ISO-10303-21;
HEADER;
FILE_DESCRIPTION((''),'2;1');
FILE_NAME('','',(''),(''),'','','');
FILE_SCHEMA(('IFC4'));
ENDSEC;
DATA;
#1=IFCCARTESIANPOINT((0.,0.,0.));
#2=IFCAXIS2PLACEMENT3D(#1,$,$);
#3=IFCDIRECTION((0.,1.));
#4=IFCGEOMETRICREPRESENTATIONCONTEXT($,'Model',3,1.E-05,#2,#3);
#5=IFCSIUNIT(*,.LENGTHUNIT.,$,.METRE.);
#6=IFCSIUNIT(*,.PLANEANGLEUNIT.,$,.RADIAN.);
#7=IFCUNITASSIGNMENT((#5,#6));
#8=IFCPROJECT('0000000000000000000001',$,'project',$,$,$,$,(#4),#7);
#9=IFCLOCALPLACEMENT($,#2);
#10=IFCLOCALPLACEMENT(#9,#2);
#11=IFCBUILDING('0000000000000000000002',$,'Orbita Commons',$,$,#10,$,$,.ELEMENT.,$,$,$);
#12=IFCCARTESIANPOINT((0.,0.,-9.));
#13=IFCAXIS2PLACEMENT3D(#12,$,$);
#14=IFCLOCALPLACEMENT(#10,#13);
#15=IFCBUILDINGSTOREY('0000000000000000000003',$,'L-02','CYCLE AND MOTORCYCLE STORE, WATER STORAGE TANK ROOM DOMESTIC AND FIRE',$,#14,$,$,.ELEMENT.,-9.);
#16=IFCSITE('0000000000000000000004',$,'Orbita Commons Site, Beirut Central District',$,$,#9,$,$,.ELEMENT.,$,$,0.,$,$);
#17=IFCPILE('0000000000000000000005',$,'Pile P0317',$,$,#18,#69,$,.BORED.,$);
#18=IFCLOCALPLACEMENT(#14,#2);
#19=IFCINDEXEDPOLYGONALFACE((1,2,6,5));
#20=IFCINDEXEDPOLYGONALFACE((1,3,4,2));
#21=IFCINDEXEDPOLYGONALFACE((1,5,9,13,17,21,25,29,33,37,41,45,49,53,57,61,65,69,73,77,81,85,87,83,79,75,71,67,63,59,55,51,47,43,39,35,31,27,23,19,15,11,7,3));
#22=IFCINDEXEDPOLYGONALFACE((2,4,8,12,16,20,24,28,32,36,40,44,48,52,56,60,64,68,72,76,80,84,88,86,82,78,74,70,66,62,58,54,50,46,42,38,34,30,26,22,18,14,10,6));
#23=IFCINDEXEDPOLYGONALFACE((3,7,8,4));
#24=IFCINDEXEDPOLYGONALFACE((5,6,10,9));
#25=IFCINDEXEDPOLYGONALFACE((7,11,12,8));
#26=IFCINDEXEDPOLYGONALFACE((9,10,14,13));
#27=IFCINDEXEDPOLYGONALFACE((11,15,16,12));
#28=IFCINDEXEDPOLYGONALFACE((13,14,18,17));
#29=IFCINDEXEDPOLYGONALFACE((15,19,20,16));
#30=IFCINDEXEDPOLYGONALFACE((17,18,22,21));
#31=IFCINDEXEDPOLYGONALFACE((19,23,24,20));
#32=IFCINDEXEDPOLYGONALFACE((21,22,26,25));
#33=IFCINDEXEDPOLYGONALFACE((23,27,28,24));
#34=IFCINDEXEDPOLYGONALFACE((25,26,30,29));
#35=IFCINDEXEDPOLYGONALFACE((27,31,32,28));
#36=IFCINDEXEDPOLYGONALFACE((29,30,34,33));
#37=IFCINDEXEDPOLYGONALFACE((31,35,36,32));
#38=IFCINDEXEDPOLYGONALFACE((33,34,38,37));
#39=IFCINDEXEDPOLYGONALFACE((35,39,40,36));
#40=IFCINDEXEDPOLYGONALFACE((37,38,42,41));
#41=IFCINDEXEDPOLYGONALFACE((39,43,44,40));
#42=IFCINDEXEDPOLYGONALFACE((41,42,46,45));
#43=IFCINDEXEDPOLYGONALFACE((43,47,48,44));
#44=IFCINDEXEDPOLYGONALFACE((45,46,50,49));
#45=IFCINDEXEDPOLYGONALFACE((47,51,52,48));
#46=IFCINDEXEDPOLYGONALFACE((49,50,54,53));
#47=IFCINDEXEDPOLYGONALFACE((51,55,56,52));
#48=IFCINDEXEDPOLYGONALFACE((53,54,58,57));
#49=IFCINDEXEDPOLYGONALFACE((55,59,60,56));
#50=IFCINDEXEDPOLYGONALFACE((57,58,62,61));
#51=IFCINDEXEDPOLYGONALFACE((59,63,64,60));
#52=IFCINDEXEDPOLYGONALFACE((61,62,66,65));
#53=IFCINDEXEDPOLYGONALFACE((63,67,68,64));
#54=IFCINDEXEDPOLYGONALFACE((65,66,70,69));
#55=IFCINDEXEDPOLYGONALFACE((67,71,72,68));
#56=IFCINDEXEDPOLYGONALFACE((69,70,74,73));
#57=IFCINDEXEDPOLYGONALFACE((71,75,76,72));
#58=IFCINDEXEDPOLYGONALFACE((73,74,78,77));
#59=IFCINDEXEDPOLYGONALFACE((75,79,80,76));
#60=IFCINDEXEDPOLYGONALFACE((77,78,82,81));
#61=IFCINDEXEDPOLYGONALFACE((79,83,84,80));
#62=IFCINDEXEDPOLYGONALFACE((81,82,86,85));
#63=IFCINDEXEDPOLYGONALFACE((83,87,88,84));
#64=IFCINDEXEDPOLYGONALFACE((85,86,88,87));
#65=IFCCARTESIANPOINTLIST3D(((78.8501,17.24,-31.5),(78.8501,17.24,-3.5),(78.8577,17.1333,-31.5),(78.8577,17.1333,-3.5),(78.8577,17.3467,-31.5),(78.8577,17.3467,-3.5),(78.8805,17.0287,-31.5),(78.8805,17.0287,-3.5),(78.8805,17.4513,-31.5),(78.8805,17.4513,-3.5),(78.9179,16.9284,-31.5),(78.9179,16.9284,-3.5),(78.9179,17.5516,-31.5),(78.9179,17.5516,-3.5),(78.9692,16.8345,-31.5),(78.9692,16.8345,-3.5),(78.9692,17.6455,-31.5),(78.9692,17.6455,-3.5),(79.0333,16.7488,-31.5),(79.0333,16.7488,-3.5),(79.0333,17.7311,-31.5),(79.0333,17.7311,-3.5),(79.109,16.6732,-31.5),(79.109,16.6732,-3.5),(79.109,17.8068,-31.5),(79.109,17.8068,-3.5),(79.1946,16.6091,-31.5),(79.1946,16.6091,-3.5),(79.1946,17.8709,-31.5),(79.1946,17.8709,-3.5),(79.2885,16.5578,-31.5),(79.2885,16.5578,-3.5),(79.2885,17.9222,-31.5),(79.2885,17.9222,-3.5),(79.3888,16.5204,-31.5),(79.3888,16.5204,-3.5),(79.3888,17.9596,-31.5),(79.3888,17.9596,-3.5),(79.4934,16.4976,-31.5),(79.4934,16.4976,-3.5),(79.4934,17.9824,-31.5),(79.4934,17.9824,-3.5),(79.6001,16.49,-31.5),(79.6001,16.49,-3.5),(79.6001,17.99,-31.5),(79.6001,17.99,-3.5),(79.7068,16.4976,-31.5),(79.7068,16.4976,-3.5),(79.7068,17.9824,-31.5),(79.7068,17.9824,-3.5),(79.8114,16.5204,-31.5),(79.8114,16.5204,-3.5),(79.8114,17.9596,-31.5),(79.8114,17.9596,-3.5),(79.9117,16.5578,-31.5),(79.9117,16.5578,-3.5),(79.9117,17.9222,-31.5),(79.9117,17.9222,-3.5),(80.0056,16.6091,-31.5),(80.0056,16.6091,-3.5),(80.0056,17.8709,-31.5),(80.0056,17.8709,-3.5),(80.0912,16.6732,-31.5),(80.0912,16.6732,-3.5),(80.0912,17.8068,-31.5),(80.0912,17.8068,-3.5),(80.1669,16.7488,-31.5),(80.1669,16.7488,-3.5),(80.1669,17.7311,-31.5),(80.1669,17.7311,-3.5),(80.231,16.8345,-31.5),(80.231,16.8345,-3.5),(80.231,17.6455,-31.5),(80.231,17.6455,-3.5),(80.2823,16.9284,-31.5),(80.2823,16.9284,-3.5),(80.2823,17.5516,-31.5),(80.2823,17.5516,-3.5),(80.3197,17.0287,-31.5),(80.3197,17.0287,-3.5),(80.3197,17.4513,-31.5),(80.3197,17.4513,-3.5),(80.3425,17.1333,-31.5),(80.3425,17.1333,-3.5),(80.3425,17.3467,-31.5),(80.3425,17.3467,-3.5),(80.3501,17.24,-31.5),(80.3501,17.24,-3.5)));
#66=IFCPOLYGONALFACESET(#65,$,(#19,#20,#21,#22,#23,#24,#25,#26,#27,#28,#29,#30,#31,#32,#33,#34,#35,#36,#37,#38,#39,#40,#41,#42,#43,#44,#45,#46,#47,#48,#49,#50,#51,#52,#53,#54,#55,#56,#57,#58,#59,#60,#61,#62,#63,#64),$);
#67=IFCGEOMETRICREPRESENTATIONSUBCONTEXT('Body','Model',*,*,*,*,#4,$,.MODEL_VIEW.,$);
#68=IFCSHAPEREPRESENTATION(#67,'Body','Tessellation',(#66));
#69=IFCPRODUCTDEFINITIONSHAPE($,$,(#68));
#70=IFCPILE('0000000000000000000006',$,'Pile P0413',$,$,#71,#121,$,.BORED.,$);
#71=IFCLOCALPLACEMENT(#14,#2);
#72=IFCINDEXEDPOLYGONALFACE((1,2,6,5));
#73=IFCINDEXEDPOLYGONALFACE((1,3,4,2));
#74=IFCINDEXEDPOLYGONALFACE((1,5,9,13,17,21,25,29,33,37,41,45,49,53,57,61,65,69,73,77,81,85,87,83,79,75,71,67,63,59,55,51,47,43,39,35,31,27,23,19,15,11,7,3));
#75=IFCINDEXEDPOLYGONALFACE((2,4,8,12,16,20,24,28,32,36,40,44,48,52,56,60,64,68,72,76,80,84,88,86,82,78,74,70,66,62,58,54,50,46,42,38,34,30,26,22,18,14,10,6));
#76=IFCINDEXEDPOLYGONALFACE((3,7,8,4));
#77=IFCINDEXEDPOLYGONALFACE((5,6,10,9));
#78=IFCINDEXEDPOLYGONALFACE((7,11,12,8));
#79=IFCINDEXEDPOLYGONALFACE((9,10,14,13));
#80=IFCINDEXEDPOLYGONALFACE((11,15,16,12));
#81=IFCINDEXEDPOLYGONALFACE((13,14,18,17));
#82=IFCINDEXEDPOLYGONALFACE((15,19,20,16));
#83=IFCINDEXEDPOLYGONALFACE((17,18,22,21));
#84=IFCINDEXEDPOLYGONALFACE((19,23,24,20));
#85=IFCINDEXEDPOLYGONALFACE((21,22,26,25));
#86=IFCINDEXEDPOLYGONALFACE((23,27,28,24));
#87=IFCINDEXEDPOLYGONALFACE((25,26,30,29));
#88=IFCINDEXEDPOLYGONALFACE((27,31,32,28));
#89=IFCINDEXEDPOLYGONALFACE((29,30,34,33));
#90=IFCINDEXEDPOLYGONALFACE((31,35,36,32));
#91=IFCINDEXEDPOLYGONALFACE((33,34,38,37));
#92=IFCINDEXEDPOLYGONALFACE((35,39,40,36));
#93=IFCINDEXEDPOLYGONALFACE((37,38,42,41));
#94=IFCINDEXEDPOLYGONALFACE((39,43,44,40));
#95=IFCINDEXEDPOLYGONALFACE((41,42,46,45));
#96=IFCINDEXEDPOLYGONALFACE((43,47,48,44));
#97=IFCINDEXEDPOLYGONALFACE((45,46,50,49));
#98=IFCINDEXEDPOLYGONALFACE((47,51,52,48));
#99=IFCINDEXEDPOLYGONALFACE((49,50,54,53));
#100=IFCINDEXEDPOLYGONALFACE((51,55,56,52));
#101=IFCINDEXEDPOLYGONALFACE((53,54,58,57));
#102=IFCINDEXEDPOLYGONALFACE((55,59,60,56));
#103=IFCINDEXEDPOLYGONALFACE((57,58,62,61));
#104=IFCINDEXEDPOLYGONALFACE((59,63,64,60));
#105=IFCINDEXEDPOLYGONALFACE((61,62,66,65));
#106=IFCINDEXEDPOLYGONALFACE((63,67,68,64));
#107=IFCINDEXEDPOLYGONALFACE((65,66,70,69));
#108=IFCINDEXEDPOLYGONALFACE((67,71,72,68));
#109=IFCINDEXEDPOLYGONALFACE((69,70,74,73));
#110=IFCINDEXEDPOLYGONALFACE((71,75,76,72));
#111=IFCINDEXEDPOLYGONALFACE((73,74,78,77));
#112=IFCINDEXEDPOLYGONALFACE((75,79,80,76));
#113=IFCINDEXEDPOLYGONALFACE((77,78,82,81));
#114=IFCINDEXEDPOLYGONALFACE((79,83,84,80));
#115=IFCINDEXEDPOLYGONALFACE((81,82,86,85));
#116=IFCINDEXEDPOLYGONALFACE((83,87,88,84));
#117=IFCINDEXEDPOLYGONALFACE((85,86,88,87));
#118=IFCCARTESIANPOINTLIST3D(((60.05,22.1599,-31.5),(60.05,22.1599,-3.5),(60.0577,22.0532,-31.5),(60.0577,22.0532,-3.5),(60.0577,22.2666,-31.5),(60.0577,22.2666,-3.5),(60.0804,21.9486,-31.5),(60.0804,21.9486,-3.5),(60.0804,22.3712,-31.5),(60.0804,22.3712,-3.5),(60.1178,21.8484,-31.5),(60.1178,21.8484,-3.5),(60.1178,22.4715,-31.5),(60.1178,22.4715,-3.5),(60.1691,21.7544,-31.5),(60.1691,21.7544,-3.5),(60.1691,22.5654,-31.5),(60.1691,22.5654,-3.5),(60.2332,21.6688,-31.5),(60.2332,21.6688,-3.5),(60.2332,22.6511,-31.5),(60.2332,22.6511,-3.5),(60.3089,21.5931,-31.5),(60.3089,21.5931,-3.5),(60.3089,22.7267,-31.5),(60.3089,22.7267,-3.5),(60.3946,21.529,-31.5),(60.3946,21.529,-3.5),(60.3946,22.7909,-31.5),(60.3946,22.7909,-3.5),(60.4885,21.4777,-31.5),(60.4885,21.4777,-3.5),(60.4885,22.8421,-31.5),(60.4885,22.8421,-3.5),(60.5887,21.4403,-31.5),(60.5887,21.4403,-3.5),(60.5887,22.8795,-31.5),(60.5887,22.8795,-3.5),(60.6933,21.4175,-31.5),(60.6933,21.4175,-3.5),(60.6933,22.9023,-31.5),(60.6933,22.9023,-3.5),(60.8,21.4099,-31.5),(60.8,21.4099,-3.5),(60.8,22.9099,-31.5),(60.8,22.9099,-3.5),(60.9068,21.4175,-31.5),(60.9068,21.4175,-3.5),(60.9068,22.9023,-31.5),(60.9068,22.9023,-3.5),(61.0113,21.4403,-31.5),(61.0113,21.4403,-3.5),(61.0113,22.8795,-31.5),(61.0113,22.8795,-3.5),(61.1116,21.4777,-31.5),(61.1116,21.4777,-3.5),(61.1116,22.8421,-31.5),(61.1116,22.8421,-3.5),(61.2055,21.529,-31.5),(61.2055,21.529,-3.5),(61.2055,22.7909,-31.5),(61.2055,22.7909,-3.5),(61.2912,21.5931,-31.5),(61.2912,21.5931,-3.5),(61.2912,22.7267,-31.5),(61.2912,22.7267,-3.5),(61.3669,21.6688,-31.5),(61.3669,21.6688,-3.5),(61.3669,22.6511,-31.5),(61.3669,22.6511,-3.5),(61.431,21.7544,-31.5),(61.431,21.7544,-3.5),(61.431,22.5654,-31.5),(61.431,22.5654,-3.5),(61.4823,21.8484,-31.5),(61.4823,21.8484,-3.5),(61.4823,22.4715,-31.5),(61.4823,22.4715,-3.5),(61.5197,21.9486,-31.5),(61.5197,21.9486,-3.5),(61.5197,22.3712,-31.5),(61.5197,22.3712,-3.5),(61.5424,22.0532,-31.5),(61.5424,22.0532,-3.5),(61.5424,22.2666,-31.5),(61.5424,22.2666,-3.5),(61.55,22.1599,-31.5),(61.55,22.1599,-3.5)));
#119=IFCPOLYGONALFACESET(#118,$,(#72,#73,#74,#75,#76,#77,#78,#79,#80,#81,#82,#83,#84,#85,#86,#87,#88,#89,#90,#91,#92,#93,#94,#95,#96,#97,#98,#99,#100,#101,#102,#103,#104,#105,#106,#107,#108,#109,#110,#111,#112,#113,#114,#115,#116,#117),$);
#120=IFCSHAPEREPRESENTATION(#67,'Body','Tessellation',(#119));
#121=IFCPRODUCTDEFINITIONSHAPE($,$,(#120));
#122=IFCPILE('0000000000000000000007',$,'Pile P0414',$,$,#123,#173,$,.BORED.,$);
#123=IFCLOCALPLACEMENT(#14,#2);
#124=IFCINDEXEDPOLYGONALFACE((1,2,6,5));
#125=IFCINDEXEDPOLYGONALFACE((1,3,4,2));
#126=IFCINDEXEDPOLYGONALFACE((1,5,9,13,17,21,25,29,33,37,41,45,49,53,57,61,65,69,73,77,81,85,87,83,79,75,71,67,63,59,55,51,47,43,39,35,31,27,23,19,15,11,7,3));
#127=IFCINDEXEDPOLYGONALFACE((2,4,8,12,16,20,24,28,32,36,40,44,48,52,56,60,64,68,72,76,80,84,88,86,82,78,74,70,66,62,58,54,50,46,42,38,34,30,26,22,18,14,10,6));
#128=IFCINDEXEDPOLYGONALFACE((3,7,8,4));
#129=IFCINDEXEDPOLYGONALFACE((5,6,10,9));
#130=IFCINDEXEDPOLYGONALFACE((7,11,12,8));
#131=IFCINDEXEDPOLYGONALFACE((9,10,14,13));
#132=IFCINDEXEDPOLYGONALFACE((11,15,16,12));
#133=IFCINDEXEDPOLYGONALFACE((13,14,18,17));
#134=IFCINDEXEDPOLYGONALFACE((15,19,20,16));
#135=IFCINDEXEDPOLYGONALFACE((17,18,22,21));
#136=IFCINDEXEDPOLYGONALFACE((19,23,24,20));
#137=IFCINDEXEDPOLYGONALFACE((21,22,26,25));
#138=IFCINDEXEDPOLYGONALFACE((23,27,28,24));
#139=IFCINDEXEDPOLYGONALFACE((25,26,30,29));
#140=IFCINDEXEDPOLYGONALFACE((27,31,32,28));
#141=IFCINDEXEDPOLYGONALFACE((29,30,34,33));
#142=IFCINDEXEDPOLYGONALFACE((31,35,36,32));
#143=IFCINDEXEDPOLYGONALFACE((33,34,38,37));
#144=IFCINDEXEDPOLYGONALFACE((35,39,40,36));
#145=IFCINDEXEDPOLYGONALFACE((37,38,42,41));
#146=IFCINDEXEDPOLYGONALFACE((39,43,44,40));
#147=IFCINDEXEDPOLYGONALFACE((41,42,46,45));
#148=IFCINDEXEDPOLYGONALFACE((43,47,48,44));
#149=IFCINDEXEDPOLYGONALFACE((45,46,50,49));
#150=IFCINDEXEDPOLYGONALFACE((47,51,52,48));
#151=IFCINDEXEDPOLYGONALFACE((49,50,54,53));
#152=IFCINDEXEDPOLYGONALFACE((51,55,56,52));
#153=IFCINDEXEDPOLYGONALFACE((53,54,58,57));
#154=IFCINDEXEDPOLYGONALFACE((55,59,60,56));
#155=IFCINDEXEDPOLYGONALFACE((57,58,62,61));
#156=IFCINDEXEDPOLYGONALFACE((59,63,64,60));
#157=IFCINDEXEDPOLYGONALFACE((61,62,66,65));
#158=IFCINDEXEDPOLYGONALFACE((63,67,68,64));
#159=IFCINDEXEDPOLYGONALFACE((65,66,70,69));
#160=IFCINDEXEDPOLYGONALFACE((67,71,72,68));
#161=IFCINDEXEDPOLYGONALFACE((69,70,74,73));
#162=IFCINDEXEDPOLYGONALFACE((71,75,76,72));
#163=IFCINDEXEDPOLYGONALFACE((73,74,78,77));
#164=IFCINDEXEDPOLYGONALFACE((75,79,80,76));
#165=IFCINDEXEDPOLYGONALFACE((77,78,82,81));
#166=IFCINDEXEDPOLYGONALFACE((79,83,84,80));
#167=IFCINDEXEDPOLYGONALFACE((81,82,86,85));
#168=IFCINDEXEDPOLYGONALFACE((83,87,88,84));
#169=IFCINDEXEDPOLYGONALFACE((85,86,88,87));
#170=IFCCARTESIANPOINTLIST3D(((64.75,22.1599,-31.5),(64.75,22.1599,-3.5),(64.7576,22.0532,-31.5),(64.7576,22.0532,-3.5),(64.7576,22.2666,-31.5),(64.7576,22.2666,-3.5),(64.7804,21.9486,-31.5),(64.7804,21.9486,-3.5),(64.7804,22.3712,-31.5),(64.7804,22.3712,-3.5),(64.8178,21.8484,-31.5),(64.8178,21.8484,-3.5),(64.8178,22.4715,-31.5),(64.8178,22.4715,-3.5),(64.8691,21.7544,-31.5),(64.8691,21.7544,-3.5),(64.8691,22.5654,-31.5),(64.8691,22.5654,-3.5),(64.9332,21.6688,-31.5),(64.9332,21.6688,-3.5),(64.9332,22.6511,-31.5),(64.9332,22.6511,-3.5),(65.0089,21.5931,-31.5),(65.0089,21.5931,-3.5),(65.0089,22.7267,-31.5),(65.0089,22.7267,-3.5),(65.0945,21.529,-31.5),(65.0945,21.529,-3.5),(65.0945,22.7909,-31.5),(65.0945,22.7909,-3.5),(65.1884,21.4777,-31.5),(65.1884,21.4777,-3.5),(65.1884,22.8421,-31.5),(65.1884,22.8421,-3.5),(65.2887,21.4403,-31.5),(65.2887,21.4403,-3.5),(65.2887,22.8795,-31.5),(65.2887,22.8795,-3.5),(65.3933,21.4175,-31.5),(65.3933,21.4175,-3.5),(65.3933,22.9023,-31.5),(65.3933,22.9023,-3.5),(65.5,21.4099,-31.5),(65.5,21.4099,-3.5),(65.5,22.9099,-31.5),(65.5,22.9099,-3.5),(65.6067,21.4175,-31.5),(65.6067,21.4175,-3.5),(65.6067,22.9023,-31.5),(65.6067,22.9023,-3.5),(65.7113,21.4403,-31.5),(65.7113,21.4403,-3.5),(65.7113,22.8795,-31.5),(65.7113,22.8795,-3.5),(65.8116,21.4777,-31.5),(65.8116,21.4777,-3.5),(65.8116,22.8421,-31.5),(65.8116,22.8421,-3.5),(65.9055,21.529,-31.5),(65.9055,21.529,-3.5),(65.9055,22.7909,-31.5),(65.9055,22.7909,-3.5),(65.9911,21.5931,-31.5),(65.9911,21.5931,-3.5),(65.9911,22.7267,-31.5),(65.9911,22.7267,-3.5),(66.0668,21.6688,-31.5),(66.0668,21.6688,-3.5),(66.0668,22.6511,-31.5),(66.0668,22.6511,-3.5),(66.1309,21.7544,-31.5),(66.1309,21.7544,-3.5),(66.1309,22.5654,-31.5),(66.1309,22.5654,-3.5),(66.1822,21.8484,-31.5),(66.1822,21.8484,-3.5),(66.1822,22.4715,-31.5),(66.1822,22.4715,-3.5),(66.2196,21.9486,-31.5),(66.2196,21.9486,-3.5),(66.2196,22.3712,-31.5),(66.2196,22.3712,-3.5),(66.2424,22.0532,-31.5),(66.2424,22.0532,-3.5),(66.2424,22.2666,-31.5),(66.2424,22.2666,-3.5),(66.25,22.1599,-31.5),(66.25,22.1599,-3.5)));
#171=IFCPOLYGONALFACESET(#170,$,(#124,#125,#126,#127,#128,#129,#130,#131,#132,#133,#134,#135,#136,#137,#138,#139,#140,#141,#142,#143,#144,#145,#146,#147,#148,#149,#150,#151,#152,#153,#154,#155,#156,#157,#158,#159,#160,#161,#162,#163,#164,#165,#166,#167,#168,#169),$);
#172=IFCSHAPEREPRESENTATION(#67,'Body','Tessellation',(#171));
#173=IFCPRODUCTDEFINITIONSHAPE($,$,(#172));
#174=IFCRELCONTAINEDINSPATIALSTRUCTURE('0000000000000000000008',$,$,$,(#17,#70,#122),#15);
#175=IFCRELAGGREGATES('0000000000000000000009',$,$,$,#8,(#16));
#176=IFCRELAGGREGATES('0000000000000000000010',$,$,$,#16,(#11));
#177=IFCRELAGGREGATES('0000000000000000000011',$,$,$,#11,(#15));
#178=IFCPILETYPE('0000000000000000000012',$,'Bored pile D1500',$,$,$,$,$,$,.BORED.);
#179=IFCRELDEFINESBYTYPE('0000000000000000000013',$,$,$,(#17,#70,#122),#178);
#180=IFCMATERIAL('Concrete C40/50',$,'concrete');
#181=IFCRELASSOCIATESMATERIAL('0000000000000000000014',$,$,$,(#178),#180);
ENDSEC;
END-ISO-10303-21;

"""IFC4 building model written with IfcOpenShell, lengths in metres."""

from ifc_helpers import new_model, si_unit, direction, frame, origin, origin_2d, place, context, subcontext, project, spatial, circle, extrude, material, material_profile, profile_set, type_object, element, save


model = new_model("IFC4")

# Units and contexts
model_context = context("Model", 3, precision=1e-05, world=origin(), true_north=direction((0.0, 1.0)))
body_context = subcontext(model_context, "Body", "Model", "MODEL_VIEW")
ifc_project = project(units=[si_unit("LENGTHUNIT", "METRE"), si_unit("PLANEANGLEUNIT", "RADIAN")], contexts=[model_context])

# Site, building, storey
site_placement = place(None, origin())
site = spatial("IfcSite", under=ifc_project, at=site_placement, Name="Orbita Commons Site, Beirut Central District", CompositionType="ELEMENT", RefElevation=0.0)
building_placement = place(site_placement, origin())
building = spatial("IfcBuilding", under=site, at=building_placement, Name="Orbita Commons", CompositionType="ELEMENT")
storey_placement = place(building_placement, frame((0.0, 0.0, -9.0)))
storey = spatial("IfcBuildingStorey", under=building, at=storey_placement, Name="L-02", Description="CYCLE AND MOTORCYCLE STORE, WATER STORAGE TANK ROOM DOMESTIC AND FIRE", CompositionType="ELEMENT", Elevation=-9.0)

# Piles
ifc_material_1 = material(Name="Concrete C40/50", Category="concrete")
ifc_material_profile_1 = material_profile(ifc_material_1, circle(Radius=0.75, at=origin_2d()), Name="RC D1500")
ifc_profile_set_1 = profile_set([ifc_material_profile_1], Name="Concrete C40/50")
pile_type = type_object("IfcPileType", Name="Bored pile D1500", PredefinedType="BORED", material=ifc_profile_set_1)
for number, where, z_axis, x_axis, name in (
    (1, (79.6001, 17.24, -3.5), (0.0, 0.0, -1.0), (1.0, 0.0, 0.0), "Pile P0317"),
    (2, (60.8, 22.1599, -3.5), (0.0, 0.0, -1.0), (1.0, 0.0, 0.0), "Pile P0413"),
    (3, (65.5, 22.1599, -3.5), (0.0, 0.0, -1.0), (1.0, 0.0, 0.0), "Pile P0414"),
):
    element("IfcPile", number, at=place(storey_placement, frame(where, z_axis=z_axis, x_axis=x_axis)), inside=storey, type_object=pile_type, Name=name, PredefinedType="BORED", context=body_context, shape_type="SweptSolid", body=[
        extrude(circle(Radius=0.75, at=origin_2d()), origin(), (0.0, 0.0, 1.0), 28.0),
    ])

save(model, "model.ifc")
